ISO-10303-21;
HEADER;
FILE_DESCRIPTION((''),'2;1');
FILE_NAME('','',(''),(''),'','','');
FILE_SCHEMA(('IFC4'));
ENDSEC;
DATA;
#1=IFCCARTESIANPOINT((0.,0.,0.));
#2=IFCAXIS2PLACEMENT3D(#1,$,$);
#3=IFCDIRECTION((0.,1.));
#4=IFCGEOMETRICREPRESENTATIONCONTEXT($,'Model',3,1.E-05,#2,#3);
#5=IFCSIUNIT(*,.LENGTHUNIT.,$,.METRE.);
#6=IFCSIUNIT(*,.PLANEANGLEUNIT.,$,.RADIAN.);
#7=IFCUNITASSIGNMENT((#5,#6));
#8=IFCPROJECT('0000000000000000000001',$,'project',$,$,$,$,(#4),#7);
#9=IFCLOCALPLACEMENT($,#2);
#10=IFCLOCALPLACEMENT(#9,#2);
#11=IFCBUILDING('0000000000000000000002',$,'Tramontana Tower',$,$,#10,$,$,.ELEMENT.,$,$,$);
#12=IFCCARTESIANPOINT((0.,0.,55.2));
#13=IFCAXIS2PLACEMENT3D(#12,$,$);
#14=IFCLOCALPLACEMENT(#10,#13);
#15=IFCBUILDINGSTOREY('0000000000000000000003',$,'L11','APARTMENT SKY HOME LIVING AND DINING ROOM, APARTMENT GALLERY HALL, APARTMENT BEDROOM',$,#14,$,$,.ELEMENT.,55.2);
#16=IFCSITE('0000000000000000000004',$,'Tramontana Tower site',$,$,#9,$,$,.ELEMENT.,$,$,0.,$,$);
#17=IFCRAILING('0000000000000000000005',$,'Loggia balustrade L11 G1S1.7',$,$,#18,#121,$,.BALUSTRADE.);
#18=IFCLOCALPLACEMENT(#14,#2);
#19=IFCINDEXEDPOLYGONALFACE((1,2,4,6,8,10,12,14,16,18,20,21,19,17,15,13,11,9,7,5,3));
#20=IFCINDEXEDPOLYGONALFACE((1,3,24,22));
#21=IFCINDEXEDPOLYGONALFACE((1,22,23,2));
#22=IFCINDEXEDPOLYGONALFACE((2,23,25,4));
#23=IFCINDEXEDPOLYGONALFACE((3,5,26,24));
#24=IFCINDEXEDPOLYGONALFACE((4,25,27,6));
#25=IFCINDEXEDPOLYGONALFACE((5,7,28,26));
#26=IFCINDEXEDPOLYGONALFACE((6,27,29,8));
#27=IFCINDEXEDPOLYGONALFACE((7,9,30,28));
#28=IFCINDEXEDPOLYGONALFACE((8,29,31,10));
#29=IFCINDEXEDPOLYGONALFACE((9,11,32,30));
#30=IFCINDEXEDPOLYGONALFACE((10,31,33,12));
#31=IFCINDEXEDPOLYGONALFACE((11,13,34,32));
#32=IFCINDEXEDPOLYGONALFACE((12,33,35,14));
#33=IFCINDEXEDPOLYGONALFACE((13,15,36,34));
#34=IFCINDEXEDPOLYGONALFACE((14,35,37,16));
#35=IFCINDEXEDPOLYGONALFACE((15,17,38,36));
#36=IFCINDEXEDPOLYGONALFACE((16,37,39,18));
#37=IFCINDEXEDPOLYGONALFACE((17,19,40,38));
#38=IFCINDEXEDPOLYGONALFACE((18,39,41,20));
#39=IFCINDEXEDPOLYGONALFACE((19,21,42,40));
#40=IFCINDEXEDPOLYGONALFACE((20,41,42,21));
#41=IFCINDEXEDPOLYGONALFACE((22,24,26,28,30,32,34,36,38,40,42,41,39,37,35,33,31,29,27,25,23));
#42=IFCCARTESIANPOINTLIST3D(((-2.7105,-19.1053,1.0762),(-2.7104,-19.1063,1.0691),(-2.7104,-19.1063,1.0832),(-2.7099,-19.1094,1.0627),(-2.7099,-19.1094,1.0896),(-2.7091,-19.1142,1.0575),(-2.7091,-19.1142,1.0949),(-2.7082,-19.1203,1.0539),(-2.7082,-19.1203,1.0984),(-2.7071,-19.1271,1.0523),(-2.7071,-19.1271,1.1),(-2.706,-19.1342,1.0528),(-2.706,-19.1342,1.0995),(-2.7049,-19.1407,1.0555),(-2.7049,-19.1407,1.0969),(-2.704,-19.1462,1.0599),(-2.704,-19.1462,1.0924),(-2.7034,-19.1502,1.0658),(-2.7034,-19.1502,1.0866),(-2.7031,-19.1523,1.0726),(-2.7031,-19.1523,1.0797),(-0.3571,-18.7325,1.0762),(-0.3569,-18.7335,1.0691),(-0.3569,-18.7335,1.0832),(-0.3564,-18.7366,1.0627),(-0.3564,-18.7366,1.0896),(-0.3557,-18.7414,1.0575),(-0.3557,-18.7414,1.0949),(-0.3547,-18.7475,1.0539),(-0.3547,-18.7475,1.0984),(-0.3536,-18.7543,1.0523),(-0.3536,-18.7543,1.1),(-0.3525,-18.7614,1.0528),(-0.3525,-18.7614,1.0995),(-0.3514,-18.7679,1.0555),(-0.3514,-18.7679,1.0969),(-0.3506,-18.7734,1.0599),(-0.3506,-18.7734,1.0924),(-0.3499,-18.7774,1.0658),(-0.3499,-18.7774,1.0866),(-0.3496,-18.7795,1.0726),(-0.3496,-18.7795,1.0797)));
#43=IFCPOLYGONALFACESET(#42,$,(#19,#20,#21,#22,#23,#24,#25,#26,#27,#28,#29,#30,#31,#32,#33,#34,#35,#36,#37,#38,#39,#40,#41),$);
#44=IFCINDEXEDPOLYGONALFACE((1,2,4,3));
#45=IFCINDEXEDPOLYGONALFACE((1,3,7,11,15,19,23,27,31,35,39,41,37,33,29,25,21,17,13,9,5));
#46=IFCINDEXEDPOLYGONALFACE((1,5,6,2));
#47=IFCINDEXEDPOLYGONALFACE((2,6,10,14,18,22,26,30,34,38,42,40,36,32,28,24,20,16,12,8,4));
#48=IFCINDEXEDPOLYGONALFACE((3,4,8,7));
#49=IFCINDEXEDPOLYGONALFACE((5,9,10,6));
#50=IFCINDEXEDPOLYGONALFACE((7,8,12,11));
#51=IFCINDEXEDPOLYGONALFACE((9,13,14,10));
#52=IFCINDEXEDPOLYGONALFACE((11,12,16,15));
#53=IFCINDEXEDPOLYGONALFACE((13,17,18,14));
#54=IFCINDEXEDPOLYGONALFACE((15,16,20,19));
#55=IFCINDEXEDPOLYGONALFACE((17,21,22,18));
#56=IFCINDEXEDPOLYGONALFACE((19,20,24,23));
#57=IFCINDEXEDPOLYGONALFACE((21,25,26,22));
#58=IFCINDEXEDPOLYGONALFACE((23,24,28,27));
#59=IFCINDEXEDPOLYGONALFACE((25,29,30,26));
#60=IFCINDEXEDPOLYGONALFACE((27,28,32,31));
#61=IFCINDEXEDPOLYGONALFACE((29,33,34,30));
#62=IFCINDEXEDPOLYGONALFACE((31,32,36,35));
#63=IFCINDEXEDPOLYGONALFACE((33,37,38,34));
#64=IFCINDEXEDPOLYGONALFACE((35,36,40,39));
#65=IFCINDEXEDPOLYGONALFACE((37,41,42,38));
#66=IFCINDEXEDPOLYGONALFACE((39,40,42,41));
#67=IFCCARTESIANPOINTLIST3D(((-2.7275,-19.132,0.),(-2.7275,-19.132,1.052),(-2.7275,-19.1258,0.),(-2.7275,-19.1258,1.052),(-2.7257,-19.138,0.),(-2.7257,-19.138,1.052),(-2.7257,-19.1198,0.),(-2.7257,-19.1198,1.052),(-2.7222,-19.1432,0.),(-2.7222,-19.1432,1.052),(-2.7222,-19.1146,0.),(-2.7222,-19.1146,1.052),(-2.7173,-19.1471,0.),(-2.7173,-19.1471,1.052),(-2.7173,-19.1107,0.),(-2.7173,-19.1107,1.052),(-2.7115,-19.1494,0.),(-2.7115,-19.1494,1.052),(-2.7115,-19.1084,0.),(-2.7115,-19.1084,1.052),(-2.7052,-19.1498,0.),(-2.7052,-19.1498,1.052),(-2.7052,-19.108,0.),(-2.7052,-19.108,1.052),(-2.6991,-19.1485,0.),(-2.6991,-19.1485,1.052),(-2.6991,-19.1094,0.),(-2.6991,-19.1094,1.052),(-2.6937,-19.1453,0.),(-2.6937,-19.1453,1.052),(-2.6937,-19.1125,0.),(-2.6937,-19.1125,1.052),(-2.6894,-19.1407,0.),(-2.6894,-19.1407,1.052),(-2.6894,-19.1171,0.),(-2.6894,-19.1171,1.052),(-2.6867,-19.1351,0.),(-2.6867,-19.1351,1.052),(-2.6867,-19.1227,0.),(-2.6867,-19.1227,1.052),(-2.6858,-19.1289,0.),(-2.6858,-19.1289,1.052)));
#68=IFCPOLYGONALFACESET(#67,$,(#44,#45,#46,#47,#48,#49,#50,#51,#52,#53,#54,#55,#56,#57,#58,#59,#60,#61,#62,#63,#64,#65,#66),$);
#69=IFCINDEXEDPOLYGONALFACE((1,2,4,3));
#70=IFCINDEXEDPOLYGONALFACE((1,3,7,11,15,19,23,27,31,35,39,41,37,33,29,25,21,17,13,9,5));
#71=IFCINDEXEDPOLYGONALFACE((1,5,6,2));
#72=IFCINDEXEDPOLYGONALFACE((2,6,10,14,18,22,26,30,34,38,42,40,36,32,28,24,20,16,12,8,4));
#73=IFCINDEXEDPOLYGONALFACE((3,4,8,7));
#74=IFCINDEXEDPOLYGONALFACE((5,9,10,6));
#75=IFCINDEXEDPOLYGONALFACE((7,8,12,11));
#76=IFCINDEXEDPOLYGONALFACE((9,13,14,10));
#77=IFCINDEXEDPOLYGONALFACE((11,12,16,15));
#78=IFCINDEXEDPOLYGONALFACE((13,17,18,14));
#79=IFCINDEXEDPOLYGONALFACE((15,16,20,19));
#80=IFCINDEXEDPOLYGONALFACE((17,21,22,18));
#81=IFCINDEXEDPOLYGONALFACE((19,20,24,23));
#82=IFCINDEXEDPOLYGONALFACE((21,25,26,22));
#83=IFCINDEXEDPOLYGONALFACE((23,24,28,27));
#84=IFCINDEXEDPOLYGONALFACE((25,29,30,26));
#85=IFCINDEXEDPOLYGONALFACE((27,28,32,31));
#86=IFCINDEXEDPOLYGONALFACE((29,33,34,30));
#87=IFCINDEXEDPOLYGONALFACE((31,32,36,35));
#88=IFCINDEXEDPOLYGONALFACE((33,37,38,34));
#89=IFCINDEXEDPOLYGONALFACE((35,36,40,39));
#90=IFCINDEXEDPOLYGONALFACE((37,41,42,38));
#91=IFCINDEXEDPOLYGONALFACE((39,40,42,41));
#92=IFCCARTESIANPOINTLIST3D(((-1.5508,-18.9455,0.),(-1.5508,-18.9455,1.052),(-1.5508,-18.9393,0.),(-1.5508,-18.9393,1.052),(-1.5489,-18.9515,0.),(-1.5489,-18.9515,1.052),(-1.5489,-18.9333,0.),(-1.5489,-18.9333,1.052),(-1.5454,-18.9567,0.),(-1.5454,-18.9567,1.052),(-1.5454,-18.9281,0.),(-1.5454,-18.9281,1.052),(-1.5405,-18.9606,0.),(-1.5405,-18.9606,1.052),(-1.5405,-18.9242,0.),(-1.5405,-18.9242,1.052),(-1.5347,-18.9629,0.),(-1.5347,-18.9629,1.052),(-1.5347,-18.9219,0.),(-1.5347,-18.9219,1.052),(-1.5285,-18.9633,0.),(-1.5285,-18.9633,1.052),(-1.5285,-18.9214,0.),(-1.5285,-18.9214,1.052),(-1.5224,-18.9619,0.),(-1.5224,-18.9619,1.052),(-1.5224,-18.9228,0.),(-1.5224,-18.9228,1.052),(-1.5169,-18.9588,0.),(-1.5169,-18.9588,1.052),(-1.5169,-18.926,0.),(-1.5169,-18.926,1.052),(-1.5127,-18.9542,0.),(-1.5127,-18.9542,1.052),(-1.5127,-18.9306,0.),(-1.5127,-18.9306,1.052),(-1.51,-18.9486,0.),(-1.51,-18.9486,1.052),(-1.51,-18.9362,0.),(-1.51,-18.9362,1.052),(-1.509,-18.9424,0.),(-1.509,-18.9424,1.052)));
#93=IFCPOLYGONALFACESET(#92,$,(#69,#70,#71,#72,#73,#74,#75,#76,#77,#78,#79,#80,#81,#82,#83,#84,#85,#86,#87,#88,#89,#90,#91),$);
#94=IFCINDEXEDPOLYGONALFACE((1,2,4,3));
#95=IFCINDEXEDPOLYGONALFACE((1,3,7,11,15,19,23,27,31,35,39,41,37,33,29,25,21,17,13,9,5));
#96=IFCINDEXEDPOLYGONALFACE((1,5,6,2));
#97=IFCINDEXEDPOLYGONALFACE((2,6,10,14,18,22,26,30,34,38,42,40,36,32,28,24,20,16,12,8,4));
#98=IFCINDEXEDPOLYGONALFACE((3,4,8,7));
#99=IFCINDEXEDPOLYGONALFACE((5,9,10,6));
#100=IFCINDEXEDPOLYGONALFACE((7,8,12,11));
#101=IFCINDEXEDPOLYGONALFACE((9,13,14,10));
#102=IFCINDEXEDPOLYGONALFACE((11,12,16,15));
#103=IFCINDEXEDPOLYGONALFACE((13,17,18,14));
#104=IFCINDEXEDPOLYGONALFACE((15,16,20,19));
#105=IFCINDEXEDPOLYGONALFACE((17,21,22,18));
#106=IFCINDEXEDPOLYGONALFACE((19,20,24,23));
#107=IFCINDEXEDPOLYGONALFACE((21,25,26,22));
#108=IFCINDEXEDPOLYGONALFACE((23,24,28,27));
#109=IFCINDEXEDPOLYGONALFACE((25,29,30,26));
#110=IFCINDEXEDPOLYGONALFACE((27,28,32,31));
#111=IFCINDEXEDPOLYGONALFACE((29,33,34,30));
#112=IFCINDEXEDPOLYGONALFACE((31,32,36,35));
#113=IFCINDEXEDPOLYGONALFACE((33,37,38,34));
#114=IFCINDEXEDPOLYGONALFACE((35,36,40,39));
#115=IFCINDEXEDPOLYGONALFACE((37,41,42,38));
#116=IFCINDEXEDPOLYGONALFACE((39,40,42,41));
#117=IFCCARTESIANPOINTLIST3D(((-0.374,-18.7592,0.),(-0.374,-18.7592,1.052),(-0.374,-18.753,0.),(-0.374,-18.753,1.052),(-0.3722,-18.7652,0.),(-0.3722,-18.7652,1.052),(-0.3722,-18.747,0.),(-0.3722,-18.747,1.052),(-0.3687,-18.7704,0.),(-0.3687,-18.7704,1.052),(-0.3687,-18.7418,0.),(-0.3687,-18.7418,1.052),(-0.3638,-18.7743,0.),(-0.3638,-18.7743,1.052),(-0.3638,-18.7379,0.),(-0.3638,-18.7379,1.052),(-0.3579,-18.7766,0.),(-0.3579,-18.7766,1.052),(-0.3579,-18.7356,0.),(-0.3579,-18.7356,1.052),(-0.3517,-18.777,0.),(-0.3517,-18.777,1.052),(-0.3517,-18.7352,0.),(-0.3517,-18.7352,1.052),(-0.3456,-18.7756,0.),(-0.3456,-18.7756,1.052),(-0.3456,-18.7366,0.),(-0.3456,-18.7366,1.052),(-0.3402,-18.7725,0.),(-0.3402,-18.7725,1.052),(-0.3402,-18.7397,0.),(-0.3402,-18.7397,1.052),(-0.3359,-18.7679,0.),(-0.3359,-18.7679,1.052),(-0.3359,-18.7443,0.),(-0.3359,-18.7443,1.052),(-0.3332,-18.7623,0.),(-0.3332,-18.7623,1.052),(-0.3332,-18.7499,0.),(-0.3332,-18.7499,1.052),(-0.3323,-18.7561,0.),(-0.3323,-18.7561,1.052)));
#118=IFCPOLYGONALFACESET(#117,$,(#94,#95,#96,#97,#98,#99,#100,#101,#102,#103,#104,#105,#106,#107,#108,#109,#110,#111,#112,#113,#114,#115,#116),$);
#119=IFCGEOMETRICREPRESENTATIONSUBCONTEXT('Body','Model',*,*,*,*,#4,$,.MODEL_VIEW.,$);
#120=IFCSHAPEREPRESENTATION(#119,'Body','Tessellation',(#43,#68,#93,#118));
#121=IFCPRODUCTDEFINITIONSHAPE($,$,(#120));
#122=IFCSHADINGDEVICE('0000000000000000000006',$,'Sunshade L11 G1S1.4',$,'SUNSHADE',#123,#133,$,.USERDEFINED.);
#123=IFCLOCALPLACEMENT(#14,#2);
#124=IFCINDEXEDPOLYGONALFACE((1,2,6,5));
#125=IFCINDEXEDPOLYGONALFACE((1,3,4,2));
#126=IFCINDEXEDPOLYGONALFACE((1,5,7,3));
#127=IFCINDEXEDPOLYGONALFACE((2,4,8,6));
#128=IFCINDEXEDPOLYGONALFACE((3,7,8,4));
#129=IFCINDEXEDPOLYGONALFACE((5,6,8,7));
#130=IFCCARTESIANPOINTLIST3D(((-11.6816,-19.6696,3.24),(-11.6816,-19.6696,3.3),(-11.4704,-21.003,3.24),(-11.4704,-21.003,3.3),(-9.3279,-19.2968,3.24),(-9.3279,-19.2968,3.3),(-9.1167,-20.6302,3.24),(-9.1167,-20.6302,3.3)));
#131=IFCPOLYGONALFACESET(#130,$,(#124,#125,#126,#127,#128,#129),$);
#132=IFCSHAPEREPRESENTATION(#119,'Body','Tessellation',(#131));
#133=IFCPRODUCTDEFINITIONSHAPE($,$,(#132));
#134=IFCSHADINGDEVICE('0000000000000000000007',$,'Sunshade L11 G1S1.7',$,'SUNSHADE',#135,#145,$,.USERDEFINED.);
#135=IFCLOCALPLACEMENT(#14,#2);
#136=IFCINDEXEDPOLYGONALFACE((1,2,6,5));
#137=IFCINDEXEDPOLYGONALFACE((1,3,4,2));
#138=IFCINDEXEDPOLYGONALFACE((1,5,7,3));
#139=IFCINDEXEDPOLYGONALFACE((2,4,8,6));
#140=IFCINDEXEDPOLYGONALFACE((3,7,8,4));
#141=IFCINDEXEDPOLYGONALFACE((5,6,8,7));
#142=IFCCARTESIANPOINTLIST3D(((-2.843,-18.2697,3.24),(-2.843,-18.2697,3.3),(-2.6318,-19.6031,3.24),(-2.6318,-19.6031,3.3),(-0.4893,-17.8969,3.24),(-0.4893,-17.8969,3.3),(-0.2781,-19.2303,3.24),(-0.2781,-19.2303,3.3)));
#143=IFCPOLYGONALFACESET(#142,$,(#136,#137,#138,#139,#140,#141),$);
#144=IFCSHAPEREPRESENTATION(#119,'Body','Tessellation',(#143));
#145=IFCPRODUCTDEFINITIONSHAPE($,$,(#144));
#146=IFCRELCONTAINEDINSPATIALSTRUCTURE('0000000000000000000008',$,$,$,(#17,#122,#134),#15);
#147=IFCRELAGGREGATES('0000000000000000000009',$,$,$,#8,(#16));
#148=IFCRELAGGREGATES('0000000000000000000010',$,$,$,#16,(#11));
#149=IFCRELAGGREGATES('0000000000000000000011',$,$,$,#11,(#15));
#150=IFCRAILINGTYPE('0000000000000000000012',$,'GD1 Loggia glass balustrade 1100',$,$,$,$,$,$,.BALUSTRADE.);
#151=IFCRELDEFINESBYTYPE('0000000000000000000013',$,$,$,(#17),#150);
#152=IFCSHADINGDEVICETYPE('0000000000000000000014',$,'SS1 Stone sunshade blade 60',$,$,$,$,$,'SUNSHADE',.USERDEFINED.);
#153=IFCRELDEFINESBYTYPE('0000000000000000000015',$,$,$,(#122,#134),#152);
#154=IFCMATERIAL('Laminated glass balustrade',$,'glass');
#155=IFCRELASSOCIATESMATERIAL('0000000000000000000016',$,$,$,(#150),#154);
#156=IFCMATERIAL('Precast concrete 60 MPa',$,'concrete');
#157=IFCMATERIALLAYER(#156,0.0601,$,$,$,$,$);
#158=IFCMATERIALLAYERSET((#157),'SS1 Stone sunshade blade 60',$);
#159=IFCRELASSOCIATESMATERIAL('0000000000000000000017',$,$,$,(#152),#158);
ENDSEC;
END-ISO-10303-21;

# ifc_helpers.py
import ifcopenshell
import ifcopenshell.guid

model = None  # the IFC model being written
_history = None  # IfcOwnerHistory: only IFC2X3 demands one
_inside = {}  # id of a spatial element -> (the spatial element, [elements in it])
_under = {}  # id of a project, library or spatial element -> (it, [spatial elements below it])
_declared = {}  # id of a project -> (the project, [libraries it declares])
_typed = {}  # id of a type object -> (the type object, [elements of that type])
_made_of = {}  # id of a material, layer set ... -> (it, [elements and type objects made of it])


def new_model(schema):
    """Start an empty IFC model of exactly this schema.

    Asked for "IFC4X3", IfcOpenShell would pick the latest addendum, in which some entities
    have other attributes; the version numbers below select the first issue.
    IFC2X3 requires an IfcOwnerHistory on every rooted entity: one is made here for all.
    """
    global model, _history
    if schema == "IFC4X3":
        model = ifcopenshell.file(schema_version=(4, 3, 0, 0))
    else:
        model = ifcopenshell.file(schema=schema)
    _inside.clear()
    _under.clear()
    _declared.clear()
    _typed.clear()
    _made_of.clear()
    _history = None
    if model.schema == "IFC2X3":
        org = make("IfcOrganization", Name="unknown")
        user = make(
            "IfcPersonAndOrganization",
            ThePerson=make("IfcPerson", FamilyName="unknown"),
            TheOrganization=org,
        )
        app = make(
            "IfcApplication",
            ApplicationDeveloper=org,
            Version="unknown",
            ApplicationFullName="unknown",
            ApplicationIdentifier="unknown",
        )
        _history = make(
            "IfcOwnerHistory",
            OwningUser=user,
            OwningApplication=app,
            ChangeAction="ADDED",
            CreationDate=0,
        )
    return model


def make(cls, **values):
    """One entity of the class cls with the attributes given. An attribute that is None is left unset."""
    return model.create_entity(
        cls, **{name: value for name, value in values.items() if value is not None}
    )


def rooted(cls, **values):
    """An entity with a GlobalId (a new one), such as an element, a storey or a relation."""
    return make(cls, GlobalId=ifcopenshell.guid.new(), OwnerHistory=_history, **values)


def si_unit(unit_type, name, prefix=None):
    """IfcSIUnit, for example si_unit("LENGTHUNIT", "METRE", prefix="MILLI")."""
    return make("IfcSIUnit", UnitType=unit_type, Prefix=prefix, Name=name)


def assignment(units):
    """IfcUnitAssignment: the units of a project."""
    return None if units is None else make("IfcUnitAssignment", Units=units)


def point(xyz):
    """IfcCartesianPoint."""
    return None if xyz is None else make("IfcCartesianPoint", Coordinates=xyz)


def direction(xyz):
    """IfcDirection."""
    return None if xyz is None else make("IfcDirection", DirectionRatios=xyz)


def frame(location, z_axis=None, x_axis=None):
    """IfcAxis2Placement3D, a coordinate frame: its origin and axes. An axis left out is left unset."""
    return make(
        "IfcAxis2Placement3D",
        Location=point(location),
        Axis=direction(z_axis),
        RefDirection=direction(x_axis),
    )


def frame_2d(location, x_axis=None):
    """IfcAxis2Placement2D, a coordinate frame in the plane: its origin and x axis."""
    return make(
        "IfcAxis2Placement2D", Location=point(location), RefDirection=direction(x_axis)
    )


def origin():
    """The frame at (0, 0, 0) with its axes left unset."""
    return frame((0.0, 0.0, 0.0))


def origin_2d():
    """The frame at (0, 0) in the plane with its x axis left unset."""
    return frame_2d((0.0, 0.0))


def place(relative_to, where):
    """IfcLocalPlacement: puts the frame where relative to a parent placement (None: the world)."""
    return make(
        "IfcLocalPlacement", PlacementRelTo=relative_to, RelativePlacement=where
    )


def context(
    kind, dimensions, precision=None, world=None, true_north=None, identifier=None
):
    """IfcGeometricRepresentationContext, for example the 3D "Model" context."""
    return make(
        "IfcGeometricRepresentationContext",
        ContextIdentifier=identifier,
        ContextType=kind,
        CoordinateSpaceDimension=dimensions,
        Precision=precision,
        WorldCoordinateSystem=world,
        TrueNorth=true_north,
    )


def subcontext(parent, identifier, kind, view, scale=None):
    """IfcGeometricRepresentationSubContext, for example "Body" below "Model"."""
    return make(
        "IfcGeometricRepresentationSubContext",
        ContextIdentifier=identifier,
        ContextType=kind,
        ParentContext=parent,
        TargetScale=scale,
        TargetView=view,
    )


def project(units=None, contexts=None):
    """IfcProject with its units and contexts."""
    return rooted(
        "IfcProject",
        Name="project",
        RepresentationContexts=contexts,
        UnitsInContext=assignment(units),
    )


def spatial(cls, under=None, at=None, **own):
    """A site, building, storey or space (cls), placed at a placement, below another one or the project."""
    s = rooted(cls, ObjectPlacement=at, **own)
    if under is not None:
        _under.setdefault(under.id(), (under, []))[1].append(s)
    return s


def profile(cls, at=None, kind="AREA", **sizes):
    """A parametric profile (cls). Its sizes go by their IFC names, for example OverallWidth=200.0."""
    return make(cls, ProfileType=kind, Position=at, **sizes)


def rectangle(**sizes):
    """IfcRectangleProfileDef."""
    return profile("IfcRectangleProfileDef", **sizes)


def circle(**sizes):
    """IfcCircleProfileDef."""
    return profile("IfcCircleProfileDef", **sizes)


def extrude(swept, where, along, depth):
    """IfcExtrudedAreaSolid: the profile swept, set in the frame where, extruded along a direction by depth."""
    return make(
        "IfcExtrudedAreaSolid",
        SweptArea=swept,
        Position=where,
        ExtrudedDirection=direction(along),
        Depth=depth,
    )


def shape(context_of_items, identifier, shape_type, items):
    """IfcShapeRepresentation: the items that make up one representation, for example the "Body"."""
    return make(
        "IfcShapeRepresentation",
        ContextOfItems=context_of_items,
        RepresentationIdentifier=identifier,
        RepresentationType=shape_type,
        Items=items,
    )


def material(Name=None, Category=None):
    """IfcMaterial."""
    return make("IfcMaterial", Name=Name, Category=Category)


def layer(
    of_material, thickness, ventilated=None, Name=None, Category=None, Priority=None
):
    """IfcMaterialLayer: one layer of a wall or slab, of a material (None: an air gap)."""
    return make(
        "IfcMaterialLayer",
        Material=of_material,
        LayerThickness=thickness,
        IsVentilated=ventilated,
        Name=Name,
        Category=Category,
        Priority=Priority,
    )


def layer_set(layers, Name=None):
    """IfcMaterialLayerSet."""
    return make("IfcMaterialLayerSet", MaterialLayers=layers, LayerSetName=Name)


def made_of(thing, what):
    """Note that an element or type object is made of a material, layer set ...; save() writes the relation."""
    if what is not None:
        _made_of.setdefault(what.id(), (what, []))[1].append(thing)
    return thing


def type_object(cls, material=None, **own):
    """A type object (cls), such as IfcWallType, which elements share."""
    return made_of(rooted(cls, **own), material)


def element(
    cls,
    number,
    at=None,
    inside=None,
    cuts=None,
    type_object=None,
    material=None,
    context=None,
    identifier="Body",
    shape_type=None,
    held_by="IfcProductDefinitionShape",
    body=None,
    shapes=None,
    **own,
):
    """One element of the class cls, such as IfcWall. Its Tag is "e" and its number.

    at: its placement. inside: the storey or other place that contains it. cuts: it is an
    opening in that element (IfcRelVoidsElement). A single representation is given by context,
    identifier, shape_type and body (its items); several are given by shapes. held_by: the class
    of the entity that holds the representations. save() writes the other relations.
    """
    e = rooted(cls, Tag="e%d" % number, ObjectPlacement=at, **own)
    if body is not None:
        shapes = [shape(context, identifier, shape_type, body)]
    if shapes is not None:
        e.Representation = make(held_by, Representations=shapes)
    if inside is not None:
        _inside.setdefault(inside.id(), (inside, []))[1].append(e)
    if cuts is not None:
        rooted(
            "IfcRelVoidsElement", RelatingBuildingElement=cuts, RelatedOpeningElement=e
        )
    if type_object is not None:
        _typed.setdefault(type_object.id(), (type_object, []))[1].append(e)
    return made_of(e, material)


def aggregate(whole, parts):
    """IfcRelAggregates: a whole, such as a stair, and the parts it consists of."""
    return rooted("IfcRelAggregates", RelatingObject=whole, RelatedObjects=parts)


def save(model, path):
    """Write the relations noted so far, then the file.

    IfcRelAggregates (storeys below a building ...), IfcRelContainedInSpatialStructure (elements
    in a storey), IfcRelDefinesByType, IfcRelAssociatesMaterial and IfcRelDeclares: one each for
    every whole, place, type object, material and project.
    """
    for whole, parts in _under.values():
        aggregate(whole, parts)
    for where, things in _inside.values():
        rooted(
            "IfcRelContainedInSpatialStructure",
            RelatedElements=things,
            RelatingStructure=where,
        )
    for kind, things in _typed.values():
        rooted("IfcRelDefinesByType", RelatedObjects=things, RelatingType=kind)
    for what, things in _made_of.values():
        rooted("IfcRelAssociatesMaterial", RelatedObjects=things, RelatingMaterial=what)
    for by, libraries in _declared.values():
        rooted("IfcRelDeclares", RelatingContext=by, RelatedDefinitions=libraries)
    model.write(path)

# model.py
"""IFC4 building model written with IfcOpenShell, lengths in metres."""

from ifc_helpers import new_model, si_unit, direction, frame, origin, origin_2d, place, context, subcontext, project, spatial, rectangle, circle, extrude, material, layer, layer_set, type_object, element, save


model = new_model("IFC4")

# Units and contexts
model_context = context("Model", 3, precision=1e-05, world=origin(), true_north=direction((0.0, 1.0)))
body_context = subcontext(model_context, "Body", "Model", "MODEL_VIEW")
ifc_project = project(units=[si_unit("LENGTHUNIT", "METRE"), si_unit("PLANEANGLEUNIT", "RADIAN")], contexts=[model_context])

# Site, building, storey
site_placement = place(None, origin())
site = spatial("IfcSite", under=ifc_project, at=site_placement, Name="Tramontana Tower site", CompositionType="ELEMENT", RefElevation=0.0)
building_placement = place(site_placement, origin())
building = spatial("IfcBuilding", under=site, at=building_placement, Name="Tramontana Tower", CompositionType="ELEMENT")
storey_placement = place(building_placement, frame((0.0, 0.0, 55.2)))
storey = spatial("IfcBuildingStorey", under=building, at=storey_placement, Name="L11", Description="APARTMENT SKY HOME LIVING AND DINING ROOM, APARTMENT GALLERY HALL, APARTMENT BEDROOM", CompositionType="ELEMENT", Elevation=55.2)

# Railing
ifc_material_1 = material(Name="Laminated glass balustrade", Category="glass")
railing_type = type_object("IfcRailingType", Name="GD1 Loggia glass balustrade 1100", PredefinedType="BALUSTRADE", material=ifc_material_1)
railing_1_placement = place(storey_placement, frame((-2.7068, -19.1289, 0.0)))
element("IfcRailing", 1, at=railing_1_placement, inside=storey, type_object=railing_type, Name="Loggia balustrade L11 G1S1.7", PredefinedType="BALUSTRADE", context=body_context, shape_type="SweptSolid", body=[
    extrude(circle(Radius=0.0239, at=origin_2d()), frame((0.0, 0.0, 1.0762), z_axis=(0.987686, 0.156452, 0.0), x_axis=(-0.156452, 0.987686, 0.0)), (0.0, 0.0, 1.0), 2.3828),
    extrude(circle(Radius=0.021, at=origin_2d()), origin(), (0.0, 0.0, 1.0), 1.052),
    extrude(circle(Radius=0.021, at=origin_2d()), frame((1.1768, 0.1865, 0.0)), (0.0, 0.0, 1.0), 1.052),
    extrude(circle(Radius=0.021, at=origin_2d()), frame((2.3535, 0.3728, 0.0)), (0.0, 0.0, 1.0), 1.052),
])

# Shading devices
ifc_material_2 = material(Name="Precast concrete 60 MPa", Category="concrete")
ifc_layer_1 = layer(ifc_material_2, 0.0601)
ifc_layer_set_1 = layer_set([ifc_layer_1], Name="SS1 Stone sunshade blade 60")
shading_device_type = type_object("IfcShadingDeviceType", Name="SS1 Stone sunshade blade 60", ElementType="SUNSHADE", PredefinedType="USERDEFINED", material=ifc_layer_set_1)
for number, where, z_axis, x_axis, name in (
    (2, (-10.3992, -20.1499, 3.24), (0.0, 0.0, 1.0), (0.987688, 0.156434, 0.0), "Sunshade L11 G1S1.4"),
    (3, (-1.5605, -18.75, 3.24), (0.0, 0.0, 1.0), (0.987688, 0.156434, 0.0), "Sunshade L11 G1S1.7"),
):
    element("IfcShadingDevice", number, at=place(storey_placement, frame(where, z_axis=z_axis, x_axis=x_axis)), inside=storey, type_object=shading_device_type, Name=name, ObjectType="SUNSHADE", PredefinedType="USERDEFINED", context=body_context, shape_type="SweptSolid", body=[
        extrude(rectangle(XDim=2.3831, YDim=1.3501, at=origin_2d()), origin(), (0.0, 0.0, 1.0), 0.0601),
    ])

save(model, "model.ifc")
